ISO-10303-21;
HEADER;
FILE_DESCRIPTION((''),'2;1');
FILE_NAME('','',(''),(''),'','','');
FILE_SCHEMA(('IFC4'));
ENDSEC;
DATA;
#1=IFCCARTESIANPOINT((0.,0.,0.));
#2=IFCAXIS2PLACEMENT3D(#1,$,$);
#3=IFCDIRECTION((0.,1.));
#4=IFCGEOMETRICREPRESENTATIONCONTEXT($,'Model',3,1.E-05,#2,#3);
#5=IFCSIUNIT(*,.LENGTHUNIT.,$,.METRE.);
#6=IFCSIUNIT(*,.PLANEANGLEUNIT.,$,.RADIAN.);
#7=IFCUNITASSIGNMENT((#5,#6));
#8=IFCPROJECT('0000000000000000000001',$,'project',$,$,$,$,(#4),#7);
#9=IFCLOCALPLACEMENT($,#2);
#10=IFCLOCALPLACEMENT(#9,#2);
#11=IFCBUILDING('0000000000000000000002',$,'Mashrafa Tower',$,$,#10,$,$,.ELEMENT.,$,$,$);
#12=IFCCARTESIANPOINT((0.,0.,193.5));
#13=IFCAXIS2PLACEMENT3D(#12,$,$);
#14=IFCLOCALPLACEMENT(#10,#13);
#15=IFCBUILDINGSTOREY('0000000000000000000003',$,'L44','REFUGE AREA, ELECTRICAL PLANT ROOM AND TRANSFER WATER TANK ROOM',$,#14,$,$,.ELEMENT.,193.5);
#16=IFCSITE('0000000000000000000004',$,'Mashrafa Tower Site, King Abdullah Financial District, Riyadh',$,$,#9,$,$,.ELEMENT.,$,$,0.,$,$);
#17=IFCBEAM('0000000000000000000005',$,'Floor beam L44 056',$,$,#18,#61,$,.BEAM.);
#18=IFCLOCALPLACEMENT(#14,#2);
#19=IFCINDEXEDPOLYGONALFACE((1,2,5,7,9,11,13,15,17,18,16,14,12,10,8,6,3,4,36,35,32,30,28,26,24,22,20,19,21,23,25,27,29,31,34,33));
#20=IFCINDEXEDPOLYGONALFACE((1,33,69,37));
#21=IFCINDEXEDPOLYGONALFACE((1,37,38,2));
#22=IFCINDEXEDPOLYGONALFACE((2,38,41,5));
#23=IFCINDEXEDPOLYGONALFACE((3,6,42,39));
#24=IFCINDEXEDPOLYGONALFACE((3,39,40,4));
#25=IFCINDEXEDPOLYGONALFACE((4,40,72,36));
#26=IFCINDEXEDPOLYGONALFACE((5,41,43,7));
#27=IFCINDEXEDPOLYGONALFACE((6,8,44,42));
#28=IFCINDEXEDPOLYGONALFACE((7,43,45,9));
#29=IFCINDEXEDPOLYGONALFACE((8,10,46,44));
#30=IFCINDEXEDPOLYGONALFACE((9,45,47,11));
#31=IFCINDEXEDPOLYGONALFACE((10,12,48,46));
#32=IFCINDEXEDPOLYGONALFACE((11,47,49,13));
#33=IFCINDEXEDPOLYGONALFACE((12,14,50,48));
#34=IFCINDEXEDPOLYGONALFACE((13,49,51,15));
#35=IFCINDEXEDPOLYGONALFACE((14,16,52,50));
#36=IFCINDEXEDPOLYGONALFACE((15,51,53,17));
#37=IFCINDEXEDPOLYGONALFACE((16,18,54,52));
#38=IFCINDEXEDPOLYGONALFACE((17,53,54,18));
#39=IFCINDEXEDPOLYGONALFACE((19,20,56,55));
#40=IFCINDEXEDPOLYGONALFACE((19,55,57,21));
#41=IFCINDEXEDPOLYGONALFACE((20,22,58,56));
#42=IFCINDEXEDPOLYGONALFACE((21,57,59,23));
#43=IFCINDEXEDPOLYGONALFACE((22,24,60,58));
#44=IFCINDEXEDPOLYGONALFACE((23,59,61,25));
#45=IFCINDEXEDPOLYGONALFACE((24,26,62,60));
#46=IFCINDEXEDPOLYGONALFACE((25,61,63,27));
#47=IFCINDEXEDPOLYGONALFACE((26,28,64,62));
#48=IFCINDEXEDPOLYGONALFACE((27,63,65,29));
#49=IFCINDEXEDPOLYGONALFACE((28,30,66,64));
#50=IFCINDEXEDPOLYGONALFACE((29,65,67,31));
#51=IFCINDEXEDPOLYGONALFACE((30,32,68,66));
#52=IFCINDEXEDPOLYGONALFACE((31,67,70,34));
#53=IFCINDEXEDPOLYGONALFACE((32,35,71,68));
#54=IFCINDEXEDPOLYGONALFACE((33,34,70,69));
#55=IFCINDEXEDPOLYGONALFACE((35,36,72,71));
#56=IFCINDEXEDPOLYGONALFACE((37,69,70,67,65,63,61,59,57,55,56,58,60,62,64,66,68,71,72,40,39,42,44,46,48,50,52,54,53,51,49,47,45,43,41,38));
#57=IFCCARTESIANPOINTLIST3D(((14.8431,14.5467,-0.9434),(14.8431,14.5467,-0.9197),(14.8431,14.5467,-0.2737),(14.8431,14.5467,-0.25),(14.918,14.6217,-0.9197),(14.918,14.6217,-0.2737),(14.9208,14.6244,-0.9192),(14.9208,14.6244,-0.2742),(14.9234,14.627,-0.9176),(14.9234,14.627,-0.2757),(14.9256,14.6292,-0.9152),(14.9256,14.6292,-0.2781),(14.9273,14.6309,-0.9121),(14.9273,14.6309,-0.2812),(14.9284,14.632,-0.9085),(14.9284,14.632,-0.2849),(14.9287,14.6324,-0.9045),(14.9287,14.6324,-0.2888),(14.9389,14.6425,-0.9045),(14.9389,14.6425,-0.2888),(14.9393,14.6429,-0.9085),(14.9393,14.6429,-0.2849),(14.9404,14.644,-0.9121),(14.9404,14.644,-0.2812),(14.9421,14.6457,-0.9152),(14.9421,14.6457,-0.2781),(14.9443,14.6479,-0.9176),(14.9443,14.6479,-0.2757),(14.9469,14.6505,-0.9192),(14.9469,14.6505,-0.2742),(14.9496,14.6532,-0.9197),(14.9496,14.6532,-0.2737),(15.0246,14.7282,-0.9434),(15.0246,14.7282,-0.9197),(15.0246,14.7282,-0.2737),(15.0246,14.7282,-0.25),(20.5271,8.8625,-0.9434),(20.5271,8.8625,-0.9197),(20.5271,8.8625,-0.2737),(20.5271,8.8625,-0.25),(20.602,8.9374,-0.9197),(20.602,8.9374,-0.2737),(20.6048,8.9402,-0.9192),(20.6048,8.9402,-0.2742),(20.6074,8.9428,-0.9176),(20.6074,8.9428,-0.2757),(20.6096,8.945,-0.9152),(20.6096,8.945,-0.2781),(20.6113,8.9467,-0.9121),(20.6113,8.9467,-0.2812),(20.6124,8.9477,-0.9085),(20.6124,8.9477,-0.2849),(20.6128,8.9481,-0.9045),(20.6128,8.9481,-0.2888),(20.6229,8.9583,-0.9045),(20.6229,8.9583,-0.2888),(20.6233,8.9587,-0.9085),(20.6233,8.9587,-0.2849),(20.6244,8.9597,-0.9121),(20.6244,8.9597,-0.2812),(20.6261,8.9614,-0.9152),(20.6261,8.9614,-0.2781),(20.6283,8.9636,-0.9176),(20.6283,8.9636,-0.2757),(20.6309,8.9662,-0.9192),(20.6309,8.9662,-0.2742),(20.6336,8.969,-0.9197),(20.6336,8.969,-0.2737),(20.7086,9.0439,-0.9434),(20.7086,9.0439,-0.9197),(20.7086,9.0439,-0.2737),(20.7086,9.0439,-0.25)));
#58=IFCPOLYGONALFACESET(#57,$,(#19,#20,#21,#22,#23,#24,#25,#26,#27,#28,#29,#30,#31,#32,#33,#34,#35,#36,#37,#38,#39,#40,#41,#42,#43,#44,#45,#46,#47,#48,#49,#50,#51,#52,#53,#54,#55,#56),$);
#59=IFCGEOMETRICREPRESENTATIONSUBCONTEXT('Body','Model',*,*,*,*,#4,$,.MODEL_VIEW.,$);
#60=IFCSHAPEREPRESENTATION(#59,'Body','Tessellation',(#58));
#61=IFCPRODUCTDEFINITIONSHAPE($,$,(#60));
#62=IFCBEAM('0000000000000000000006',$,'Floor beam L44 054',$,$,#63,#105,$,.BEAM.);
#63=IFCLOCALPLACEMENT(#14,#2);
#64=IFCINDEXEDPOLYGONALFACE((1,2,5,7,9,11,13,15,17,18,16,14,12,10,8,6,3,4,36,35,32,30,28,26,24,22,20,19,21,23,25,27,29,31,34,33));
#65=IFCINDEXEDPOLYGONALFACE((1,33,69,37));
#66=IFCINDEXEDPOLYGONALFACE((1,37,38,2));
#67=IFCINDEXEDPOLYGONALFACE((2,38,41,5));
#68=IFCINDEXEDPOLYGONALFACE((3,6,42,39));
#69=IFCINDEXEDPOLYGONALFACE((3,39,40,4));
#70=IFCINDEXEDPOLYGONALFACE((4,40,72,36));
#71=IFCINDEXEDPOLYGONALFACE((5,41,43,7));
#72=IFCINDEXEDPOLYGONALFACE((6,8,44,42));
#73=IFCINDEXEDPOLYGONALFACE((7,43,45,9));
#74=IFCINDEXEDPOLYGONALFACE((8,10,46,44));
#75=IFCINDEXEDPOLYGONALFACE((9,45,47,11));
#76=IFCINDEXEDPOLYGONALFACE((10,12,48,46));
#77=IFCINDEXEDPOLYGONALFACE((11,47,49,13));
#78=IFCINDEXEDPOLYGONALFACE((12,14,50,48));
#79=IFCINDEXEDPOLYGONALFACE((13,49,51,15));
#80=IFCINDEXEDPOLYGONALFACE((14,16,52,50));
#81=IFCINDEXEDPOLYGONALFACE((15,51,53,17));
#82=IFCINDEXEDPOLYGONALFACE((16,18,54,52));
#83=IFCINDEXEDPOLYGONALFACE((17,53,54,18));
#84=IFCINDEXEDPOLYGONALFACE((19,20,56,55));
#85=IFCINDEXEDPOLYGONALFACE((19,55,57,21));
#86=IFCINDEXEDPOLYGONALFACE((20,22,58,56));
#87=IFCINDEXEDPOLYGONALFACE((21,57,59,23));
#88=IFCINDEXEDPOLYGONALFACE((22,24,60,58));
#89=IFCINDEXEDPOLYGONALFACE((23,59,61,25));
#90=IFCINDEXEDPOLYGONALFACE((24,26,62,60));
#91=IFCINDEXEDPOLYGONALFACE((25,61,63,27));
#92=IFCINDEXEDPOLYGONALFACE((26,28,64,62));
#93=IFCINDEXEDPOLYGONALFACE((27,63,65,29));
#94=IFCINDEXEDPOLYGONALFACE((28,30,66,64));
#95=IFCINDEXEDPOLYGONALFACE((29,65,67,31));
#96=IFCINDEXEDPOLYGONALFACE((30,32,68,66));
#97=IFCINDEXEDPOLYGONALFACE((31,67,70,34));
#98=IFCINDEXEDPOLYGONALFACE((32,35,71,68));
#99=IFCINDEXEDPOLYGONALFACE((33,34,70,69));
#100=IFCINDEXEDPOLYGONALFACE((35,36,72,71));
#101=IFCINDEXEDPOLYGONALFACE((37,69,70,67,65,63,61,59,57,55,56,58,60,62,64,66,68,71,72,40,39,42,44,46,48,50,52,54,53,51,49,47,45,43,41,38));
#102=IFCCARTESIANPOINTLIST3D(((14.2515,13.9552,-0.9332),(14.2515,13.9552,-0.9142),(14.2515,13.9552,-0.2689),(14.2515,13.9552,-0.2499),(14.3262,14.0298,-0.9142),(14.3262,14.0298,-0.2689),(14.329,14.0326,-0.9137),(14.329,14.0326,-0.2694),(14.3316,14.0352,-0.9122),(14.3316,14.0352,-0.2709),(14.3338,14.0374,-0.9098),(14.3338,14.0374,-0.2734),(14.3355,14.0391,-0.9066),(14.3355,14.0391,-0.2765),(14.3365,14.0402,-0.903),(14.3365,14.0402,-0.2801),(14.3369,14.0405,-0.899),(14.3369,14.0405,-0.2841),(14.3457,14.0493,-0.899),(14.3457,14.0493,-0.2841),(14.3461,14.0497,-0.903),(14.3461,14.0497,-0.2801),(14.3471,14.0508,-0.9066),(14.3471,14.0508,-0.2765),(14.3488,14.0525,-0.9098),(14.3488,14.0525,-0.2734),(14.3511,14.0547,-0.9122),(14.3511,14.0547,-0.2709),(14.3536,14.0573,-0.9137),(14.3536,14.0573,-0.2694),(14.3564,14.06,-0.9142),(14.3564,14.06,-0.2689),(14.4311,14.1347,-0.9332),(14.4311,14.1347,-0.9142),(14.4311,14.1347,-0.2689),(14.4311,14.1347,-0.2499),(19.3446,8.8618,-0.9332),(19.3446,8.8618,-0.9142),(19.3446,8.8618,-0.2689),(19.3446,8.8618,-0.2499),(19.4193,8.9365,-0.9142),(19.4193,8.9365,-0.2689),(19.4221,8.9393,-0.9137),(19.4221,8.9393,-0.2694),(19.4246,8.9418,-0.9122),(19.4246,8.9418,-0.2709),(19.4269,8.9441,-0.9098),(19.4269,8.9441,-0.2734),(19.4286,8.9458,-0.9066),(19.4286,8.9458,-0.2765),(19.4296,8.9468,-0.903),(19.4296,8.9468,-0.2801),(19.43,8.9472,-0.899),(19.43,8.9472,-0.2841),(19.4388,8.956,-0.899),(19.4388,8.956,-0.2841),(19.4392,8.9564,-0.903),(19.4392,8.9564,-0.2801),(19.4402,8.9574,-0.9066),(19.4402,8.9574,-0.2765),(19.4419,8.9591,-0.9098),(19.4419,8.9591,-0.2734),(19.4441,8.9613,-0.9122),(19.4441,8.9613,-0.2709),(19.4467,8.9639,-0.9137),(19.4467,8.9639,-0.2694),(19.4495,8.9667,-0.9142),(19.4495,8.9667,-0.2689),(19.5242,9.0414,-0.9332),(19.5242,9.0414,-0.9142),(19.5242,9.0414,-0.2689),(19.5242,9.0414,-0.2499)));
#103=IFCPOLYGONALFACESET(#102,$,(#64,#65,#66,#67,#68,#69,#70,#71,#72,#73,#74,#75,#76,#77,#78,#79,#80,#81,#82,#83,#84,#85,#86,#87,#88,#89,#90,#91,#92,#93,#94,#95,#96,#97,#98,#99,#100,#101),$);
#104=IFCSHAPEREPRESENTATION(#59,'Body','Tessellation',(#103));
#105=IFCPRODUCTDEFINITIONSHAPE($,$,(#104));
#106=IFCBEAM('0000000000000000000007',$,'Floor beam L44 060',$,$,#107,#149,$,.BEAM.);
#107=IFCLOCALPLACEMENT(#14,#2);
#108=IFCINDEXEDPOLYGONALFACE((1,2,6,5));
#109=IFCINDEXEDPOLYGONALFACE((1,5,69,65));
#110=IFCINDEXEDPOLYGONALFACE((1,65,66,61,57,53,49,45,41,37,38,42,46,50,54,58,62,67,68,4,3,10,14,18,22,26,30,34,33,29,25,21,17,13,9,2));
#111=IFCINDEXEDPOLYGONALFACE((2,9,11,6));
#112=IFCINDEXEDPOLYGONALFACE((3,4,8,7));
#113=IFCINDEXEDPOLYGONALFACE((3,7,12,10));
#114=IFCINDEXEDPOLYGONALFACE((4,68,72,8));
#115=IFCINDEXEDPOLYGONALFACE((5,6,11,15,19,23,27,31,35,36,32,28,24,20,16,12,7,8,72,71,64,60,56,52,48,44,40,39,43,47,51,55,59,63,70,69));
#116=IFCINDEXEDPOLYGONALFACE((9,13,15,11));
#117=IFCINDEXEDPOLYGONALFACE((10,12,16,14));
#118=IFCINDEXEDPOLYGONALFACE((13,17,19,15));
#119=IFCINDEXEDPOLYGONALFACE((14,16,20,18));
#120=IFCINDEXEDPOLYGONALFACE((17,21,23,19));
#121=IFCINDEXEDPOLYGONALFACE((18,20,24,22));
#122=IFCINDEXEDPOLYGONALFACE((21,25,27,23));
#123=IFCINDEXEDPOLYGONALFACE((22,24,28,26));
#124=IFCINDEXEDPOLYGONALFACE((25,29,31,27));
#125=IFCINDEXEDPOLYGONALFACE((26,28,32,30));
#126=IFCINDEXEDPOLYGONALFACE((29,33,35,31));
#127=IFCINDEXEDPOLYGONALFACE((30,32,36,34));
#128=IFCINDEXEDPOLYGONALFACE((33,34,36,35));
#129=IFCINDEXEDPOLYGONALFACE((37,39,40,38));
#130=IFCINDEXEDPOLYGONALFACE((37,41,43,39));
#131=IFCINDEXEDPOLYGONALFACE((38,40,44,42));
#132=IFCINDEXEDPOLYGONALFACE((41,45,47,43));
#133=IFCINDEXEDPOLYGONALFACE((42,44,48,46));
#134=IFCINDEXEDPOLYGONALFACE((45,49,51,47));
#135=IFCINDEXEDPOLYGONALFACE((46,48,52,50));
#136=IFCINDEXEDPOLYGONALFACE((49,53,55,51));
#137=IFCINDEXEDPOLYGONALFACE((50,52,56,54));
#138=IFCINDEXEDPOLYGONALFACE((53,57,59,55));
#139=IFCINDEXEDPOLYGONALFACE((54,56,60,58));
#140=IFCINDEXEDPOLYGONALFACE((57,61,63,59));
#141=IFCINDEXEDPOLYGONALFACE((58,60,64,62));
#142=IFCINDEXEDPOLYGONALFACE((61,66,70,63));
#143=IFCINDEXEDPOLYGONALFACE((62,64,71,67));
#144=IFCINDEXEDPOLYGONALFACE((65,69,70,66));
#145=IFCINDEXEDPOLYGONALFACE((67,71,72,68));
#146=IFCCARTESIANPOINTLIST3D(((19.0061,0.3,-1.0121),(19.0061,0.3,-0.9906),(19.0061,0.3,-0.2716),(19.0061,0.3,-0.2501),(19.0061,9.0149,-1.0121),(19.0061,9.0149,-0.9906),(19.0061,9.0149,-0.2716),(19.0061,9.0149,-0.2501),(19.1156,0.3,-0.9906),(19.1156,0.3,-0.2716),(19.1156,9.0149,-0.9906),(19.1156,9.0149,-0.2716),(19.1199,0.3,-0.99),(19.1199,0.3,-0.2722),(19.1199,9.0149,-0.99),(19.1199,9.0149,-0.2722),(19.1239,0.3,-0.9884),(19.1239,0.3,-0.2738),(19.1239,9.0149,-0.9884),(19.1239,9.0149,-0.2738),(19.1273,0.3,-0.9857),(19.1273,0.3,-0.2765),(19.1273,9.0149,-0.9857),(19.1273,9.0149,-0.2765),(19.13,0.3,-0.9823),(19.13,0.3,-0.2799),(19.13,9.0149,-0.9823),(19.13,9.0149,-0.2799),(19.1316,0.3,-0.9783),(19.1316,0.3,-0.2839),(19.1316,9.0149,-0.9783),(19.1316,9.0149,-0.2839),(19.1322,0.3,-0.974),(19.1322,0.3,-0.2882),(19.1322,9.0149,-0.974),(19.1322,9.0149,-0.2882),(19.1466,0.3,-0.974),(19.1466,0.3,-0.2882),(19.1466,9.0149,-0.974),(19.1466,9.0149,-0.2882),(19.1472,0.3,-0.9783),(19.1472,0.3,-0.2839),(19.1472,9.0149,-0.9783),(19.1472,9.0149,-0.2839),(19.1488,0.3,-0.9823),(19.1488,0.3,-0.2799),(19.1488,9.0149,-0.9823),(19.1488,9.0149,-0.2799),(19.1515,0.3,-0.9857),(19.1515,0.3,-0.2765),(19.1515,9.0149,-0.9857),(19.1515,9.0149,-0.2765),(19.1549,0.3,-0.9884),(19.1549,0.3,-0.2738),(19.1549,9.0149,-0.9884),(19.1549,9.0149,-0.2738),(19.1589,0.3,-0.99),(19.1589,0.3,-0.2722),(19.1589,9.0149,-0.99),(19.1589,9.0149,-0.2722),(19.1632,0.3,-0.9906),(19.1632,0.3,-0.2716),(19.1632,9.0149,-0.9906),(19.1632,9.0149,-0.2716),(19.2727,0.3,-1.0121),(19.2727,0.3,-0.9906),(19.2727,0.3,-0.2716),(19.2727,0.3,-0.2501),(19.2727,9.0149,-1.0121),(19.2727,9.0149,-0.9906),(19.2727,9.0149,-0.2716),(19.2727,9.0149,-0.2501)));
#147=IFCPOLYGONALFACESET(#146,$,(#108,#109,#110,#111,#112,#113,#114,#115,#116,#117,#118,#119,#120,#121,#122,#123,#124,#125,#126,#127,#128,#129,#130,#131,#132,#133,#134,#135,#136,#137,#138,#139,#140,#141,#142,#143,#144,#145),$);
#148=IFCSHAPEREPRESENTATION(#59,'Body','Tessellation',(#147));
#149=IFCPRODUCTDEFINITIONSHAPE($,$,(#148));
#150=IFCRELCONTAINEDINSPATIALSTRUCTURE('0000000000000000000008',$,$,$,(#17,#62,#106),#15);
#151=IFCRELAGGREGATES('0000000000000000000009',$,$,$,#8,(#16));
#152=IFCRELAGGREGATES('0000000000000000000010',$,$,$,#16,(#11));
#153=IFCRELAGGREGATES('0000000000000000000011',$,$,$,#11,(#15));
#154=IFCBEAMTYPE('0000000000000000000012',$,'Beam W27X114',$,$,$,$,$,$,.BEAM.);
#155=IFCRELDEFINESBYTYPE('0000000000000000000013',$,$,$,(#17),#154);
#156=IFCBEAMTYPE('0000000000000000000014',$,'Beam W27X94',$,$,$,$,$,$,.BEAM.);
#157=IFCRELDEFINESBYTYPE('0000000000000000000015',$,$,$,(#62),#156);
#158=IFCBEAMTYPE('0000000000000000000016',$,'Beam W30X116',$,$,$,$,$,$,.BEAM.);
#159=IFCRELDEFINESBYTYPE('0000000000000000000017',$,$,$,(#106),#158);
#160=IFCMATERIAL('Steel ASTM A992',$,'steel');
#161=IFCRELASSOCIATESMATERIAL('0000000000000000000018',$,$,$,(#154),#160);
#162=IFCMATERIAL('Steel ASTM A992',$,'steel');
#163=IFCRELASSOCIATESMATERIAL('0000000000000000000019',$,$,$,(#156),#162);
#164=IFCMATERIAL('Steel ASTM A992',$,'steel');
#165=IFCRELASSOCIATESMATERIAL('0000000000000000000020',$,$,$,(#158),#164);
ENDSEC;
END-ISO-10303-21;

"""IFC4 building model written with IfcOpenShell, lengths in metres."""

from ifc_helpers import new_model, si_unit, direction, frame, origin, origin_2d, place, context, subcontext, project, spatial, i_section, extrude, material, material_profile, profile_set, type_object, element, save


model = new_model("IFC4")

# Units and contexts
model_context = context("Model", 3, precision=1e-05, world=origin(), true_north=direction((0.0, 1.0)))
body_context = subcontext(model_context, "Body", "Model", "MODEL_VIEW")
ifc_project = project(units=[si_unit("LENGTHUNIT", "METRE"), si_unit("PLANEANGLEUNIT", "RADIAN")], contexts=[model_context])

# Site, building, storey
site_placement = place(None, origin())
site = spatial("IfcSite", under=ifc_project, at=site_placement, Name="Mashrafa Tower Site, King Abdullah Financial District, Riyadh", CompositionType="ELEMENT", RefElevation=0.0)
building_placement = place(site_placement, origin())
building = spatial("IfcBuilding", under=site, at=building_placement, Name="Mashrafa Tower", CompositionType="ELEMENT")
storey_placement = place(building_placement, frame((0.0, 0.0, 193.5)))
storey = spatial("IfcBuildingStorey", under=building, at=storey_placement, Name="L44", Description="REFUGE AREA, ELECTRICAL PLANT ROOM AND TRANSFER WATER TANK ROOM", CompositionType="ELEMENT", Elevation=193.5)

# Beams
ifc_material_1 = material(Name="Steel ASTM A992", Category="steel")
ifc_material_profile_1 = material_profile(ifc_material_1, i_section(OverallWidth=0.2566, OverallDepth=0.6934, WebThickness=0.0144, FlangeThickness=0.0237, FilletRadius=0.0151, at=origin_2d()), Name="W27X114")
ifc_profile_set_1 = profile_set([ifc_material_profile_1], Name="Steel ASTM A992")
beam_type_1 = type_object("IfcBeamType", Name="Beam W27X114", PredefinedType="BEAM", material=ifc_profile_set_1)
beam_1_placement = place(storey_placement, frame((14.9338, 14.6375, -0.5967), z_axis=(0.707092, -0.707122, 0.0), x_axis=(0.707122, 0.707092, 0.0)))
element("IfcBeam", 1, at=beam_1_placement, inside=storey, type_object=beam_type_1, Name="Floor beam L44 056", PredefinedType="BEAM", context=body_context, shape_type="SweptSolid", body=[
    extrude(i_section(OverallWidth=0.2566, OverallDepth=0.6934, WebThickness=0.0144, FlangeThickness=0.0237, FilletRadius=0.0151, at=origin_2d()), origin(), (0.0, 0.0, 1.0), 8.0386),
])
ifc_material_2 = material(Name="Steel ASTM A992", Category="steel")
ifc_material_profile_2 = material_profile(ifc_material_2, i_section(OverallWidth=0.2539, OverallDepth=0.6833, WebThickness=0.0125, FlangeThickness=0.019, FilletRadius=0.0151, at=origin_2d()), Name="W27X94")
ifc_profile_set_2 = profile_set([ifc_material_profile_2], Name="Steel ASTM A992")
beam_type_2 = type_object("IfcBeamType", Name="Beam W27X94", PredefinedType="BEAM", material=ifc_profile_set_2)
beam_2_placement = place(storey_placement, frame((14.3413, 14.0449, -0.5916), z_axis=(0.70709, -0.707124, 0.0), x_axis=(0.707124, 0.70709, 0.0)))
element("IfcBeam", 2, at=beam_2_placement, inside=storey, type_object=beam_type_2, Name="Floor beam L44 054", PredefinedType="BEAM", context=body_context, shape_type="SweptSolid", body=[
    extrude(i_section(OverallWidth=0.2539, OverallDepth=0.6833, WebThickness=0.0125, FlangeThickness=0.019, FilletRadius=0.0151, at=origin_2d()), origin(), (0.0, 0.0, 1.0), 7.2029),
])
ifc_material_3 = material(Name="Steel ASTM A992", Category="steel")
ifc_material_profile_3 = material_profile(ifc_material_3, i_section(OverallWidth=0.2666, OverallDepth=0.762, WebThickness=0.0144, FlangeThickness=0.0215, FilletRadius=0.0166, at=origin_2d()), Name="W30X116")
ifc_profile_set_3 = profile_set([ifc_material_profile_3], Name="Steel ASTM A992")
beam_type_3 = type_object("IfcBeamType", Name="Beam W30X116", PredefinedType="BEAM", material=ifc_profile_set_3)
beam_3_placement = place(storey_placement, frame((19.1394, 9.0149, -0.6311), z_axis=(0.0, -1.0, 0.0), x_axis=(1.0, 0.0, 0.0)))
element("IfcBeam", 3, at=beam_3_placement, inside=storey, type_object=beam_type_3, Name="Floor beam L44 060", PredefinedType="BEAM", context=body_context, shape_type="SweptSolid", body=[
    extrude(i_section(OverallWidth=0.2666, OverallDepth=0.762, WebThickness=0.0144, FlangeThickness=0.0215, FilletRadius=0.0166, at=origin_2d()), origin(), (0.0, 0.0, 1.0), 8.7148),
])

save(model, "model.ifc")
